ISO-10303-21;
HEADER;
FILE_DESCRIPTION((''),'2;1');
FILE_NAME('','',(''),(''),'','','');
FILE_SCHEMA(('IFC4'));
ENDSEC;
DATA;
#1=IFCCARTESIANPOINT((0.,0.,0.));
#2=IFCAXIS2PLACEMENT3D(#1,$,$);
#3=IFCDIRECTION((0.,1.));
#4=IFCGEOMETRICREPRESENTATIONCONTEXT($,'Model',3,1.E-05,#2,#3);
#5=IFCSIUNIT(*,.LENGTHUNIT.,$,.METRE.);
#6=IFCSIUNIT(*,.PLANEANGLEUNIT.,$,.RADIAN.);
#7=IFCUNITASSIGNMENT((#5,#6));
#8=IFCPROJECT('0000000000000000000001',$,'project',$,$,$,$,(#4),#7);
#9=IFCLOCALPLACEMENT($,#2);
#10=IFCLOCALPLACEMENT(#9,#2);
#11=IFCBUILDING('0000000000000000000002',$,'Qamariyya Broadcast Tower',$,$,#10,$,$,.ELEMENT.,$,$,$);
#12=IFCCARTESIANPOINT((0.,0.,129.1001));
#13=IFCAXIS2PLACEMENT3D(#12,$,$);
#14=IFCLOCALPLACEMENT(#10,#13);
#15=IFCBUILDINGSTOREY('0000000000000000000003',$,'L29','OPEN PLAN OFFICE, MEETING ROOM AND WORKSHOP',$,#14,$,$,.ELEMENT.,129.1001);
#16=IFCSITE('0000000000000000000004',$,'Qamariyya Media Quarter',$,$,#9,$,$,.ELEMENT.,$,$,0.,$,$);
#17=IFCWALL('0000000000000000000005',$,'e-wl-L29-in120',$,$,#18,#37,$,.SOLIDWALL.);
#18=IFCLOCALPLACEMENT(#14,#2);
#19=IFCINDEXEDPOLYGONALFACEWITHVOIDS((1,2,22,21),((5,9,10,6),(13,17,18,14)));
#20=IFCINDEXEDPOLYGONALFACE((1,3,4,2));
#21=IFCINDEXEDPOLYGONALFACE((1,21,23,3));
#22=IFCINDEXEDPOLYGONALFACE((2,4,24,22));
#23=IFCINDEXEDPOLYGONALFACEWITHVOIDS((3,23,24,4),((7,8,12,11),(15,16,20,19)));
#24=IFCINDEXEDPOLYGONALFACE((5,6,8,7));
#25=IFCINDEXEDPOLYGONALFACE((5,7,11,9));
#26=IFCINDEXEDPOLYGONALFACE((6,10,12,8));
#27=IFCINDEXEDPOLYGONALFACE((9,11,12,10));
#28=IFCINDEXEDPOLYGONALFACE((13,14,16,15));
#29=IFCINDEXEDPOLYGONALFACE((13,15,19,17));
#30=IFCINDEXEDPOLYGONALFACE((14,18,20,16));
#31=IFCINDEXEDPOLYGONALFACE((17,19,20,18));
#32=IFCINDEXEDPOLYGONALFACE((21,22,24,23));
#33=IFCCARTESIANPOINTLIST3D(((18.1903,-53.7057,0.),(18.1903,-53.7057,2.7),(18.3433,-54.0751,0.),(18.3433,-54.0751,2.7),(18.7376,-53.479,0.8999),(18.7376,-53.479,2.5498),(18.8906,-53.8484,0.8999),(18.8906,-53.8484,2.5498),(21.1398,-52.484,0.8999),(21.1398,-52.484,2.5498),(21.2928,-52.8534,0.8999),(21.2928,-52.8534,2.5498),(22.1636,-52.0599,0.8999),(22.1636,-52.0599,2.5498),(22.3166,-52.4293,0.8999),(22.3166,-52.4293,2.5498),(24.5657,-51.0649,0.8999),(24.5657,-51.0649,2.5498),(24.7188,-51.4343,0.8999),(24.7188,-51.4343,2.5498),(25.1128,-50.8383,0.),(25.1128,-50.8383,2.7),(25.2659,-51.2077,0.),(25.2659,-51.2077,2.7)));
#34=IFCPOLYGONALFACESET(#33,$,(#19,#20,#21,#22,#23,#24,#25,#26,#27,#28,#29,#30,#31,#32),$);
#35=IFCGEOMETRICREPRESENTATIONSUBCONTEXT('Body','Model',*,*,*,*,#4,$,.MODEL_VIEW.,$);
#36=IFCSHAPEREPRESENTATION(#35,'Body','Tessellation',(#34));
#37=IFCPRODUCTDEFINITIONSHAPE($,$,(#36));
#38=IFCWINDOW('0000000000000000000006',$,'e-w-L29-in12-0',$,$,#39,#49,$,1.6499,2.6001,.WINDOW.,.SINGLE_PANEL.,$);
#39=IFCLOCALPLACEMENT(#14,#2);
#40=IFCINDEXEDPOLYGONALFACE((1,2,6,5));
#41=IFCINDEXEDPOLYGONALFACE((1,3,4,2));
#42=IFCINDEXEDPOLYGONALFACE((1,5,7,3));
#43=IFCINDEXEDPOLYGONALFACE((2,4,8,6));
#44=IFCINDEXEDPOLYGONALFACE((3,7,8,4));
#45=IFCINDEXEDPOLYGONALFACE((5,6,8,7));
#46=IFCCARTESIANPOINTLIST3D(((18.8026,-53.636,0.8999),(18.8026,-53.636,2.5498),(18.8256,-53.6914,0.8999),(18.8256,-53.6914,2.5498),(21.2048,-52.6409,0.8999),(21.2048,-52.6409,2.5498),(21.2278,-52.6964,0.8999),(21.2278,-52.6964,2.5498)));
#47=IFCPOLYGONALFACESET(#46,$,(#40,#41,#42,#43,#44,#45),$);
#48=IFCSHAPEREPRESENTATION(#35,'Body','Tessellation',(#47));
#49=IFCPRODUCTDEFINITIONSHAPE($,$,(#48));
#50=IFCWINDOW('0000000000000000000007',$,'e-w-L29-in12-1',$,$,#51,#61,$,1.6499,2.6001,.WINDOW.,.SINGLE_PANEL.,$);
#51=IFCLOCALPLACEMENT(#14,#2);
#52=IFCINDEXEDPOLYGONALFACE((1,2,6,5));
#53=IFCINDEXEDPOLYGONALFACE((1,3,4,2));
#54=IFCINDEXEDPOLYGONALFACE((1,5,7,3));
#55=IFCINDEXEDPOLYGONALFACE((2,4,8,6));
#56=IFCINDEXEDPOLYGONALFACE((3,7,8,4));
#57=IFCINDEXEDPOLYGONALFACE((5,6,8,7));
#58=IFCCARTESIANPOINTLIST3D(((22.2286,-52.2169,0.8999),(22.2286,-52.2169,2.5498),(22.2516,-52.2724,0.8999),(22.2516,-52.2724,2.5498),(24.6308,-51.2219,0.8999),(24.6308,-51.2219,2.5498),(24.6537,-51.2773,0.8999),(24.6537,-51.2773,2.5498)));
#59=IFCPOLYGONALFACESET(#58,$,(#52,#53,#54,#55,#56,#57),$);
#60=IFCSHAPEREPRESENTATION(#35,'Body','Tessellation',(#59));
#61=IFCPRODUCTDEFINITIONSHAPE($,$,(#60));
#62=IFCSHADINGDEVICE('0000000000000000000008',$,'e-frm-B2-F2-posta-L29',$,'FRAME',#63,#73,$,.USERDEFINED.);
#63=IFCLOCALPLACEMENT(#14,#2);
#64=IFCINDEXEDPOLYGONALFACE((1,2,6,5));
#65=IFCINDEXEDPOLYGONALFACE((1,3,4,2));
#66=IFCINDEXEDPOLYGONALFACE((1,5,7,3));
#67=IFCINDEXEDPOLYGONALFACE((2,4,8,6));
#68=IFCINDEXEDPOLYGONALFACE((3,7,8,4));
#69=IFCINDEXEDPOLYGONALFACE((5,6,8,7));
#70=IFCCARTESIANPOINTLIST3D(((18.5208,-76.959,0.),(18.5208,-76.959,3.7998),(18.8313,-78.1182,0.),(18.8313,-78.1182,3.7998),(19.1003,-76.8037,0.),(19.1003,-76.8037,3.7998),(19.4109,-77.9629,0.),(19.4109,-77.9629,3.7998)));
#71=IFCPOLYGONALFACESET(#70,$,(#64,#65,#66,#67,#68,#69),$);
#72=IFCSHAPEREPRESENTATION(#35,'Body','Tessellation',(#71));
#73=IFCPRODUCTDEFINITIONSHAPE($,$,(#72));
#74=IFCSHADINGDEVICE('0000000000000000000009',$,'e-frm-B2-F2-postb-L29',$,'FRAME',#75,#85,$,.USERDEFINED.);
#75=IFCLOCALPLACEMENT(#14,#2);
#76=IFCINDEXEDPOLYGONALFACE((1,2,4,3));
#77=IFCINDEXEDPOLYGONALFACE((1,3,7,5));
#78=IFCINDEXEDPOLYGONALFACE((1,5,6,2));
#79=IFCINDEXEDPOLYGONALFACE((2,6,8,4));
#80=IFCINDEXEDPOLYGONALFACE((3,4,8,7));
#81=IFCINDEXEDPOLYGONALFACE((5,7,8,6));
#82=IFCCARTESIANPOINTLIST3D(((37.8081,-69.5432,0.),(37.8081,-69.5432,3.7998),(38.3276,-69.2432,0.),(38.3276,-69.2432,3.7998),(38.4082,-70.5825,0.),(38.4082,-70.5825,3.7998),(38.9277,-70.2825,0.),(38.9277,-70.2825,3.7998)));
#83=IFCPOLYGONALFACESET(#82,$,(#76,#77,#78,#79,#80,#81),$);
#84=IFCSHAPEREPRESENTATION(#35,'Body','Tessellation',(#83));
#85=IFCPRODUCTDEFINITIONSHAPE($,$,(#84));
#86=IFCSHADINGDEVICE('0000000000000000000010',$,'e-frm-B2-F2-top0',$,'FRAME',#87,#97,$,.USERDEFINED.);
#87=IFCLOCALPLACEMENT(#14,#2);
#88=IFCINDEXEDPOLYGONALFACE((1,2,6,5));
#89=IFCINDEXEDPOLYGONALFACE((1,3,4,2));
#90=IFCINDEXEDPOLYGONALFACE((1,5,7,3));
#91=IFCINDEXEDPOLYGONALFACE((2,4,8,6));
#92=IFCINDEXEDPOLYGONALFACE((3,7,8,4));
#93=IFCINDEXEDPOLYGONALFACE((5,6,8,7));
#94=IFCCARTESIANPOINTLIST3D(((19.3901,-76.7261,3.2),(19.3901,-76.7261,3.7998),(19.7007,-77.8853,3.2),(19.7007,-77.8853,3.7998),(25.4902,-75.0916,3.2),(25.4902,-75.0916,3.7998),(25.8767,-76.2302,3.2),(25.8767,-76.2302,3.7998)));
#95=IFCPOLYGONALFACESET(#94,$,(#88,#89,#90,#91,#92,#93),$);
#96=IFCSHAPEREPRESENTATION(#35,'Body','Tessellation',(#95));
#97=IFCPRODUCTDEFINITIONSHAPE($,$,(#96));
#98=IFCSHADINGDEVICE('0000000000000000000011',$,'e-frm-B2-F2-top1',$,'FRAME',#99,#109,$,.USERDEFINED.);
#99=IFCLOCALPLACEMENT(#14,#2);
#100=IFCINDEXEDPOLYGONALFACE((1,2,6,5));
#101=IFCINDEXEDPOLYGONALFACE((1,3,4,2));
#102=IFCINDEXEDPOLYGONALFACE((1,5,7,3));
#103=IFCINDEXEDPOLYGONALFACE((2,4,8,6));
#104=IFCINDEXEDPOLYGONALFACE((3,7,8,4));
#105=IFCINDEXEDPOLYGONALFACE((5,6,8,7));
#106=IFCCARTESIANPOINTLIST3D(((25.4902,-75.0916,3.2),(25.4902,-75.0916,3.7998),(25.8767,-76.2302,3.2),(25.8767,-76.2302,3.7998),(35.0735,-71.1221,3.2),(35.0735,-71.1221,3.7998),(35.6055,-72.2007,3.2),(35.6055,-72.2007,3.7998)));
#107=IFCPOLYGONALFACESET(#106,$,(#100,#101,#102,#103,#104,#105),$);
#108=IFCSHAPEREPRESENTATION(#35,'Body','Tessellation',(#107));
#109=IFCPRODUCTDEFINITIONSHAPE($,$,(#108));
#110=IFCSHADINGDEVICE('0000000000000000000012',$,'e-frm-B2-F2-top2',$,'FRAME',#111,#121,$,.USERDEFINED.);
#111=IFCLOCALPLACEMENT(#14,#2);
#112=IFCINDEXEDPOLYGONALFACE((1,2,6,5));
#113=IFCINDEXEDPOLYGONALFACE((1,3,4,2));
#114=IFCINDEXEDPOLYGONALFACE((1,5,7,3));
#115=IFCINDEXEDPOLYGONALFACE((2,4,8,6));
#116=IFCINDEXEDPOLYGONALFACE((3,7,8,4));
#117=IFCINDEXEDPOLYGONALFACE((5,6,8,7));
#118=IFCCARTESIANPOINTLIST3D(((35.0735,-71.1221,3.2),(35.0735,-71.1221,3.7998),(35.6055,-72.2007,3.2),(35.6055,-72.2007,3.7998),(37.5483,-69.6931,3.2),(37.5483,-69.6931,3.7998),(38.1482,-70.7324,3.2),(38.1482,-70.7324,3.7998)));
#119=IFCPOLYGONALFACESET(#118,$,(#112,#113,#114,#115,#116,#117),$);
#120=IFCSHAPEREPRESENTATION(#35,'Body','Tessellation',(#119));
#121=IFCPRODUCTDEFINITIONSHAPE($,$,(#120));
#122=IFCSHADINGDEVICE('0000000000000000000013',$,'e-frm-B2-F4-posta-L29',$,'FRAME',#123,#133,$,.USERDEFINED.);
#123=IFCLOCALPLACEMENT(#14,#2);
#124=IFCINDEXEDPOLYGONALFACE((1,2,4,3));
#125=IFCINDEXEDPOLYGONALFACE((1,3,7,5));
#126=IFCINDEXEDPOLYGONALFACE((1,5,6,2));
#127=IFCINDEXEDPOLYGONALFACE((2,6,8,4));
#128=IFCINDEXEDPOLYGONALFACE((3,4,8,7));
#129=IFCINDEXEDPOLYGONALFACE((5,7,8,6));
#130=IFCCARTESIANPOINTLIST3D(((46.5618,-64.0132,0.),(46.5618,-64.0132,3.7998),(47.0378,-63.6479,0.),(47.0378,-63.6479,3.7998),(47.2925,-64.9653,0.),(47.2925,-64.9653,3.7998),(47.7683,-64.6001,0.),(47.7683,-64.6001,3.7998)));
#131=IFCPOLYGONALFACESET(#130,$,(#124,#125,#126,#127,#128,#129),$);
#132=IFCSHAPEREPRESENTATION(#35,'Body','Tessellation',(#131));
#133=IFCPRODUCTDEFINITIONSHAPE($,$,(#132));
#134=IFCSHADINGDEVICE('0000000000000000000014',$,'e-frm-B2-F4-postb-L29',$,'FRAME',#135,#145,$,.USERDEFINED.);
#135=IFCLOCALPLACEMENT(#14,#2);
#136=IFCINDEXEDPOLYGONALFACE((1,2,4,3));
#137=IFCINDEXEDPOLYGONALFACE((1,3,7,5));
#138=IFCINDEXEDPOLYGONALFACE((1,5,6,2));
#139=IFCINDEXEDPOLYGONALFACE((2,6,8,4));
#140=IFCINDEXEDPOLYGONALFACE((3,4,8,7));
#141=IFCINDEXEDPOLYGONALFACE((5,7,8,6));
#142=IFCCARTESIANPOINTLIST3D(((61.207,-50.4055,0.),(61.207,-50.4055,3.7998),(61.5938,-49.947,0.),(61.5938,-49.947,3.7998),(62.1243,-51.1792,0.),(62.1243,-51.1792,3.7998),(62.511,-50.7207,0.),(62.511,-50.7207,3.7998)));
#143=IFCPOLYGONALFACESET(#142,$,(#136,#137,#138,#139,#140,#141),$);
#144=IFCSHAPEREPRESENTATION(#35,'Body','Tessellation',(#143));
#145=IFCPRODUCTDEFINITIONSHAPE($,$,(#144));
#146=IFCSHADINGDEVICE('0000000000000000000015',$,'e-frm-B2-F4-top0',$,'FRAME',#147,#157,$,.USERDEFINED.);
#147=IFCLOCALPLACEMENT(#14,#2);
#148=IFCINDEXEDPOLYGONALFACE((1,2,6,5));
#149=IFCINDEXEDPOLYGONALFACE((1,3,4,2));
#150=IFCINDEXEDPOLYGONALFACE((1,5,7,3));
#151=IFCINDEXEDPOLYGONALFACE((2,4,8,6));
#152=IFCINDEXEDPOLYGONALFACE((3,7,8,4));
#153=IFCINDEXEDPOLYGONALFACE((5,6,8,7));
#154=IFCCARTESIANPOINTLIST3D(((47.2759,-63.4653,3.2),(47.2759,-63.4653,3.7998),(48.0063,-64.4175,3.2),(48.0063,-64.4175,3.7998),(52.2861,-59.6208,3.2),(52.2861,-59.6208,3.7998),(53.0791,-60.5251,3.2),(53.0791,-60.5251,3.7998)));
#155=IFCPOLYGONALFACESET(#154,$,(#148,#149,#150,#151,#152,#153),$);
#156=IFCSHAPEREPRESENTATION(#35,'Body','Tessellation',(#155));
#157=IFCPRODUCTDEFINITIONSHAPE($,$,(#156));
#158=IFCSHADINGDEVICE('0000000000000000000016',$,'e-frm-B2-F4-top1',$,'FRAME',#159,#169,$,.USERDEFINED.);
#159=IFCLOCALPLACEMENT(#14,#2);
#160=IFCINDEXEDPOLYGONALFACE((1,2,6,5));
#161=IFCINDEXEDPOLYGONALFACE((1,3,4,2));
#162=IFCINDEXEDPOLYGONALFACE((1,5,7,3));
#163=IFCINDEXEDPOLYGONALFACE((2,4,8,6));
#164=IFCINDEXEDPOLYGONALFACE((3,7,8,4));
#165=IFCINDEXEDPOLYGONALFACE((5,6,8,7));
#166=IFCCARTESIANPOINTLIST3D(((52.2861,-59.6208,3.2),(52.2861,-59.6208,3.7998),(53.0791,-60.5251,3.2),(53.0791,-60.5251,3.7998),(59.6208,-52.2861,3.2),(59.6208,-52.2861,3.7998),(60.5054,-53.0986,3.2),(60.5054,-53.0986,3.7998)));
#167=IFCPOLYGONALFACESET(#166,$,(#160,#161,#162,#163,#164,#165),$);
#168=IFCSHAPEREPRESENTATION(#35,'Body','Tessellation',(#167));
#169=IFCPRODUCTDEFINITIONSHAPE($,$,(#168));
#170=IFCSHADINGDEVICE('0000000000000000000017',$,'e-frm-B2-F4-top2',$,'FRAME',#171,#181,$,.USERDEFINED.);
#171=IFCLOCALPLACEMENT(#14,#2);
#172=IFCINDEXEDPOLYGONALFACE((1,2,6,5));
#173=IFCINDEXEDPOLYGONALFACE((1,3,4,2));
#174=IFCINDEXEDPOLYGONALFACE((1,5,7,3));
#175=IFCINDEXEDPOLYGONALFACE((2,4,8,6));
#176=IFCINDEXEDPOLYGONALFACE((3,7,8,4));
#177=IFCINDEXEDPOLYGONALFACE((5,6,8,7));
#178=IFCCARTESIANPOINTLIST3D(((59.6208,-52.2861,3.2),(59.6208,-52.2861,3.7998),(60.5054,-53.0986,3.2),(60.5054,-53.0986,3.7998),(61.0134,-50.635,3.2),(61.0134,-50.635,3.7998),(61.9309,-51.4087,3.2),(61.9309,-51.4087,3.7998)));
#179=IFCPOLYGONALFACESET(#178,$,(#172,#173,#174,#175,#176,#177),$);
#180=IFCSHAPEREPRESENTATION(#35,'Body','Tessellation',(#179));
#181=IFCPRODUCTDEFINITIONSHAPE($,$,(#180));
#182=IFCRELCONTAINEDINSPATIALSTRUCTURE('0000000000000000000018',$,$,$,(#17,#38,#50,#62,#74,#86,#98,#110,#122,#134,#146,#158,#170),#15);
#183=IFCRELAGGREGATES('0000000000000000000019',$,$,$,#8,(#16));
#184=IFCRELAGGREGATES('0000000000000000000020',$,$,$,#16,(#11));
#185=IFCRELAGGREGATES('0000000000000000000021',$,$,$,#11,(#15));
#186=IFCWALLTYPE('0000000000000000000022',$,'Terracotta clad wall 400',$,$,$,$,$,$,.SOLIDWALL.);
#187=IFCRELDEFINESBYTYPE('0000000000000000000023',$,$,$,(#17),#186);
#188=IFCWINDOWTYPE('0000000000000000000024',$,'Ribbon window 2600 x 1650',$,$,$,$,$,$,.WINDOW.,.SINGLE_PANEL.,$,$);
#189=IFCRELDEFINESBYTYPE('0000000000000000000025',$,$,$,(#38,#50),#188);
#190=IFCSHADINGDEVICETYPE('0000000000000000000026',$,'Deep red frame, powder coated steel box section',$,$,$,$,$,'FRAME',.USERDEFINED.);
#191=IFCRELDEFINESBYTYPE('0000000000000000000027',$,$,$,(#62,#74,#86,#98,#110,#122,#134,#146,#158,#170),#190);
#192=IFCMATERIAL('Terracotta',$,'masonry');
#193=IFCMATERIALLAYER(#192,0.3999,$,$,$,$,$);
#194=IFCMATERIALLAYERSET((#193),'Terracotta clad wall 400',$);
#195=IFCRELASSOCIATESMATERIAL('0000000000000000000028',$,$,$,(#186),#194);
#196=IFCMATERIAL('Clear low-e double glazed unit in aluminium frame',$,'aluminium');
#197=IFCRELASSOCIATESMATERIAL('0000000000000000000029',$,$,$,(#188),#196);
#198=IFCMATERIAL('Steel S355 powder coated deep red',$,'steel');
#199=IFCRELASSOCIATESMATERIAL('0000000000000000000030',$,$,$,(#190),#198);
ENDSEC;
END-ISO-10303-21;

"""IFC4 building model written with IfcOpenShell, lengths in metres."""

from ifc_helpers import new_model, si_unit, direction, frame, frame_2d, origin, place, context, subcontext, project, spatial, polyline, rectangle, outline, extrude, material, layer, layer_set, type_object, element, fill, save


model = new_model("IFC4")

# Units and contexts
model_context = context("Model", 3, precision=1e-05, world=origin(), true_north=direction((0.0, 1.0)))
body_context = subcontext(model_context, "Body", "Model", "MODEL_VIEW")
ifc_project = project(units=[si_unit("LENGTHUNIT", "METRE"), si_unit("PLANEANGLEUNIT", "RADIAN")], contexts=[model_context])

# Site, building, storey
site_placement = place(None, origin())
site = spatial("IfcSite", under=ifc_project, at=site_placement, Name="Qamariyya Media Quarter", CompositionType="ELEMENT", RefElevation=0.0)
building_placement = place(site_placement, origin())
building = spatial("IfcBuilding", under=site, at=building_placement, Name="Qamariyya Broadcast Tower", CompositionType="ELEMENT")
storey_placement = place(building_placement, frame((0.0, 0.0, 129.1001)))
storey = spatial("IfcBuildingStorey", under=building, at=storey_placement, Name="L29", Description="OPEN PLAN OFFICE, MEETING ROOM AND WORKSHOP", CompositionType="ELEMENT", Elevation=129.1001)

# Wall, openings, windows
ifc_material_1 = material(Name="Terracotta", Category="masonry")
ifc_layer_1 = layer(ifc_material_1, 0.3999)
ifc_layer_set_1 = layer_set([ifc_layer_1], Name="Terracotta clad wall 400")
wall_type_1 = type_object("IfcWallType", Name="Terracotta clad wall 400", PredefinedType="SOLIDWALL", material=ifc_layer_set_1)
ifc_material_2 = material(Name="Clear low-e double glazed unit in aluminium frame", Category="aluminium")
window_type = type_object("IfcWindowType", Name="Ribbon window 2600 x 1650", PartitioningType="SINGLE_PANEL", PredefinedType="WINDOW", material=ifc_material_2)
wall_1_placement = place(storey_placement, frame((25.1895, -51.0229, 0.0), z_axis=(0.0, 0.0, 1.0), x_axis=(-0.92388, -0.382683, 0.0)))
wall_1 = element("IfcWall", 1, at=wall_1_placement, inside=storey, type_object=wall_type_1, Name="e-wl-L29-in120", PredefinedType="SOLIDWALL", context=body_context, shape_type="SweptSolid", body=[
    extrude(rectangle(XDim=7.4929, YDim=0.3999, at=frame_2d((3.7466, 0.0))), origin(), (0.0, 0.0, 1.0), 2.7),
])
opening_1_placement = place(wall_1_placement, frame((4.3005, 0.0, 0.8999)))
opening_1 = element("IfcOpeningElement", 2, at=opening_1_placement, cuts=wall_1, PredefinedType="OPENING", context=body_context, shape_type="SweptSolid", body=[
    extrude(rectangle(XDim=2.6001, YDim=1.6499, at=frame_2d((1.3, 0.825))), frame((0.0, 0.21, 0.0), z_axis=(0.0, -1.0, 0.0), x_axis=(1.0, 0.0, 0.0)), (0.0, 0.0, 1.0), 0.4199),
])
opening_2_placement = place(wall_1_placement, frame((0.5923, 0.0, 0.8999)))
opening_2 = element("IfcOpeningElement", 3, at=opening_2_placement, cuts=wall_1, PredefinedType="OPENING", context=body_context, shape_type="SweptSolid", body=[
    extrude(rectangle(XDim=2.6001, YDim=1.6499, at=frame_2d((1.3, 0.825))), frame((0.0, 0.21, 0.0), z_axis=(0.0, -1.0, 0.0), x_axis=(1.0, 0.0, 0.0)), (0.0, 0.0, 1.0), 0.4199),
])
window_1_placement = place(opening_1_placement, origin())
window_1 = element("IfcWindow", 4, at=window_1_placement, inside=storey, type_object=window_type, Name="e-w-L29-in12-0", OverallHeight=1.6499, OverallWidth=2.6001, PartitioningType="SINGLE_PANEL", PredefinedType="WINDOW", context=body_context, shape_type="SweptSolid", body=[
    extrude(rectangle(XDim=2.6001, YDim=1.6499, at=frame_2d((1.3, 0.825))), frame((0.0, 0.03, 0.0), z_axis=(0.0, -1.0, 0.0), x_axis=(1.0, 0.0, 0.0)), (0.0, 0.0, 1.0), 0.0601),
])
fill(opening_1, window_1)
window_2_placement = place(opening_2_placement, origin())
window_2 = element("IfcWindow", 5, at=window_2_placement, inside=storey, type_object=window_type, Name="e-w-L29-in12-1", OverallHeight=1.6499, OverallWidth=2.6001, PartitioningType="SINGLE_PANEL", PredefinedType="WINDOW", context=body_context, shape_type="SweptSolid", body=[
    extrude(rectangle(XDim=2.6001, YDim=1.6499, at=frame_2d((1.3, 0.825))), frame((0.0, 0.03, 0.0), z_axis=(0.0, -1.0, 0.0), x_axis=(1.0, 0.0, 0.0)), (0.0, 0.0, 1.0), 0.0601),
])
fill(opening_2, window_2)

# Shading devices
ifc_material_3 = material(Name="Steel S355 powder coated deep red", Category="steel")
shading_device_type = type_object("IfcShadingDeviceType", Name="Deep red frame, powder coated steel box section", ElementType="FRAME", PredefinedType="USERDEFINED", material=ifc_material_3)
shading_device_1_placement = place(storey_placement, origin())
element("IfcShadingDevice", 6, at=shading_device_1_placement, inside=storey, type_object=shading_device_type, Name="e-frm-B2-F2-posta-L29", ObjectType="FRAME", PredefinedType="USERDEFINED", context=body_context, shape_type="SweptSolid", body=[
    extrude(outline(polyline([(18.5208, -76.959), (18.8313, -78.1182), (19.4109, -77.9629), (19.1003, -76.8037), (18.5208, -76.959)])), origin(), (0.0, 0.0, 1.0), 3.7998),
])
shading_device_2_placement = place(storey_placement, origin())
element("IfcShadingDevice", 7, at=shading_device_2_placement, inside=storey, type_object=shading_device_type, Name="e-frm-B2-F2-postb-L29", ObjectType="FRAME", PredefinedType="USERDEFINED", context=body_context, shape_type="SweptSolid", body=[
    extrude(outline(polyline([(37.8081, -69.5432), (38.4082, -70.5825), (38.9277, -70.2825), (38.3276, -69.2432), (37.8081, -69.5432)])), origin(), (0.0, 0.0, 1.0), 3.7998),
])
shading_device_3_placement = place(storey_placement, frame((0.0, 0.0, 3.2)))
element("IfcShadingDevice", 8, at=shading_device_3_placement, inside=storey, type_object=shading_device_type, Name="e-frm-B2-F2-top0", ObjectType="FRAME", PredefinedType="USERDEFINED", context=body_context, shape_type="SweptSolid", body=[
    extrude(outline(polyline([(19.3901, -76.7261), (19.7007, -77.8853), (25.8767, -76.2302), (25.4902, -75.0916), (19.3901, -76.7261)])), origin(), (0.0, 0.0, 1.0), 0.5999),
])
shading_device_4_placement = place(storey_placement, frame((0.0, 0.0, 3.2)))
element("IfcShadingDevice", 9, at=shading_device_4_placement, inside=storey, type_object=shading_device_type, Name="e-frm-B2-F2-top1", ObjectType="FRAME", PredefinedType="USERDEFINED", context=body_context, shape_type="SweptSolid", body=[
    extrude(outline(polyline([(25.4902, -75.0916), (25.8767, -76.2302), (35.6055, -72.2007), (35.0735, -71.1221), (25.4902, -75.0916)])), origin(), (0.0, 0.0, 1.0), 0.5999),
])
shading_device_5_placement = place(storey_placement, frame((0.0, 0.0, 3.2)))
element("IfcShadingDevice", 10, at=shading_device_5_placement, inside=storey, type_object=shading_device_type, Name="e-frm-B2-F2-top2", ObjectType="FRAME", PredefinedType="USERDEFINED", context=body_context, shape_type="SweptSolid", body=[
    extrude(outline(polyline([(35.0735, -71.1221), (35.6055, -72.2007), (38.1482, -70.7324), (37.5483, -69.6931), (35.0735, -71.1221)])), origin(), (0.0, 0.0, 1.0), 0.5999),
])
shading_device_6_placement = place(storey_placement, origin())
element("IfcShadingDevice", 11, at=shading_device_6_placement, inside=storey, type_object=shading_device_type, Name="e-frm-B2-F4-posta-L29", ObjectType="FRAME", PredefinedType="USERDEFINED", context=body_context, shape_type="SweptSolid", body=[
    extrude(outline(polyline([(46.5618, -64.0132), (47.2925, -64.9653), (47.7683, -64.6001), (47.0378, -63.6479), (46.5618, -64.0132)])), origin(), (0.0, 0.0, 1.0), 3.7998),
])
shading_device_7_placement = place(storey_placement, origin())
element("IfcShadingDevice", 12, at=shading_device_7_placement, inside=storey, type_object=shading_device_type, Name="e-frm-B2-F4-postb-L29", ObjectType="FRAME", PredefinedType="USERDEFINED", context=body_context, shape_type="SweptSolid", body=[
    extrude(outline(polyline([(61.207, -50.4055), (62.1243, -51.1792), (62.511, -50.7207), (61.5938, -49.947), (61.207, -50.4055)])), origin(), (0.0, 0.0, 1.0), 3.7998),
])
shading_device_8_placement = place(storey_placement, frame((0.0, 0.0, 3.2)))
element("IfcShadingDevice", 13, at=shading_device_8_placement, inside=storey, type_object=shading_device_type, Name="e-frm-B2-F4-top0", ObjectType="FRAME", PredefinedType="USERDEFINED", context=body_context, shape_type="SweptSolid", body=[
    extrude(outline(polyline([(47.2759, -63.4653), (48.0063, -64.4175), (53.0791, -60.5251), (52.2861, -59.6208), (47.2759, -63.4653)])), origin(), (0.0, 0.0, 1.0), 0.5999),
])
shading_device_9_placement = place(storey_placement, frame((0.0, 0.0, 3.2)))
element("IfcShadingDevice", 14, at=shading_device_9_placement, inside=storey, type_object=shading_device_type, Name="e-frm-B2-F4-top1", ObjectType="FRAME", PredefinedType="USERDEFINED", context=body_context, shape_type="SweptSolid", body=[
    extrude(outline(polyline([(52.2861, -59.6208), (53.0791, -60.5251), (60.5054, -53.0986), (59.6208, -52.2861), (52.2861, -59.6208)])), origin(), (0.0, 0.0, 1.0), 0.5999),
])
shading_device_10_placement = place(storey_placement, frame((0.0, 0.0, 3.2)))
element("IfcShadingDevice", 15, at=shading_device_10_placement, inside=storey, type_object=shading_device_type, Name="e-frm-B2-F4-top2", ObjectType="FRAME", PredefinedType="USERDEFINED", context=body_context, shape_type="SweptSolid", body=[
    extrude(outline(polyline([(59.6208, -52.2861), (60.5054, -53.0986), (61.9309, -51.4087), (61.0134, -50.635), (59.6208, -52.2861)])), origin(), (0.0, 0.0, 1.0), 0.5999),
])

save(model, "model.ifc")
